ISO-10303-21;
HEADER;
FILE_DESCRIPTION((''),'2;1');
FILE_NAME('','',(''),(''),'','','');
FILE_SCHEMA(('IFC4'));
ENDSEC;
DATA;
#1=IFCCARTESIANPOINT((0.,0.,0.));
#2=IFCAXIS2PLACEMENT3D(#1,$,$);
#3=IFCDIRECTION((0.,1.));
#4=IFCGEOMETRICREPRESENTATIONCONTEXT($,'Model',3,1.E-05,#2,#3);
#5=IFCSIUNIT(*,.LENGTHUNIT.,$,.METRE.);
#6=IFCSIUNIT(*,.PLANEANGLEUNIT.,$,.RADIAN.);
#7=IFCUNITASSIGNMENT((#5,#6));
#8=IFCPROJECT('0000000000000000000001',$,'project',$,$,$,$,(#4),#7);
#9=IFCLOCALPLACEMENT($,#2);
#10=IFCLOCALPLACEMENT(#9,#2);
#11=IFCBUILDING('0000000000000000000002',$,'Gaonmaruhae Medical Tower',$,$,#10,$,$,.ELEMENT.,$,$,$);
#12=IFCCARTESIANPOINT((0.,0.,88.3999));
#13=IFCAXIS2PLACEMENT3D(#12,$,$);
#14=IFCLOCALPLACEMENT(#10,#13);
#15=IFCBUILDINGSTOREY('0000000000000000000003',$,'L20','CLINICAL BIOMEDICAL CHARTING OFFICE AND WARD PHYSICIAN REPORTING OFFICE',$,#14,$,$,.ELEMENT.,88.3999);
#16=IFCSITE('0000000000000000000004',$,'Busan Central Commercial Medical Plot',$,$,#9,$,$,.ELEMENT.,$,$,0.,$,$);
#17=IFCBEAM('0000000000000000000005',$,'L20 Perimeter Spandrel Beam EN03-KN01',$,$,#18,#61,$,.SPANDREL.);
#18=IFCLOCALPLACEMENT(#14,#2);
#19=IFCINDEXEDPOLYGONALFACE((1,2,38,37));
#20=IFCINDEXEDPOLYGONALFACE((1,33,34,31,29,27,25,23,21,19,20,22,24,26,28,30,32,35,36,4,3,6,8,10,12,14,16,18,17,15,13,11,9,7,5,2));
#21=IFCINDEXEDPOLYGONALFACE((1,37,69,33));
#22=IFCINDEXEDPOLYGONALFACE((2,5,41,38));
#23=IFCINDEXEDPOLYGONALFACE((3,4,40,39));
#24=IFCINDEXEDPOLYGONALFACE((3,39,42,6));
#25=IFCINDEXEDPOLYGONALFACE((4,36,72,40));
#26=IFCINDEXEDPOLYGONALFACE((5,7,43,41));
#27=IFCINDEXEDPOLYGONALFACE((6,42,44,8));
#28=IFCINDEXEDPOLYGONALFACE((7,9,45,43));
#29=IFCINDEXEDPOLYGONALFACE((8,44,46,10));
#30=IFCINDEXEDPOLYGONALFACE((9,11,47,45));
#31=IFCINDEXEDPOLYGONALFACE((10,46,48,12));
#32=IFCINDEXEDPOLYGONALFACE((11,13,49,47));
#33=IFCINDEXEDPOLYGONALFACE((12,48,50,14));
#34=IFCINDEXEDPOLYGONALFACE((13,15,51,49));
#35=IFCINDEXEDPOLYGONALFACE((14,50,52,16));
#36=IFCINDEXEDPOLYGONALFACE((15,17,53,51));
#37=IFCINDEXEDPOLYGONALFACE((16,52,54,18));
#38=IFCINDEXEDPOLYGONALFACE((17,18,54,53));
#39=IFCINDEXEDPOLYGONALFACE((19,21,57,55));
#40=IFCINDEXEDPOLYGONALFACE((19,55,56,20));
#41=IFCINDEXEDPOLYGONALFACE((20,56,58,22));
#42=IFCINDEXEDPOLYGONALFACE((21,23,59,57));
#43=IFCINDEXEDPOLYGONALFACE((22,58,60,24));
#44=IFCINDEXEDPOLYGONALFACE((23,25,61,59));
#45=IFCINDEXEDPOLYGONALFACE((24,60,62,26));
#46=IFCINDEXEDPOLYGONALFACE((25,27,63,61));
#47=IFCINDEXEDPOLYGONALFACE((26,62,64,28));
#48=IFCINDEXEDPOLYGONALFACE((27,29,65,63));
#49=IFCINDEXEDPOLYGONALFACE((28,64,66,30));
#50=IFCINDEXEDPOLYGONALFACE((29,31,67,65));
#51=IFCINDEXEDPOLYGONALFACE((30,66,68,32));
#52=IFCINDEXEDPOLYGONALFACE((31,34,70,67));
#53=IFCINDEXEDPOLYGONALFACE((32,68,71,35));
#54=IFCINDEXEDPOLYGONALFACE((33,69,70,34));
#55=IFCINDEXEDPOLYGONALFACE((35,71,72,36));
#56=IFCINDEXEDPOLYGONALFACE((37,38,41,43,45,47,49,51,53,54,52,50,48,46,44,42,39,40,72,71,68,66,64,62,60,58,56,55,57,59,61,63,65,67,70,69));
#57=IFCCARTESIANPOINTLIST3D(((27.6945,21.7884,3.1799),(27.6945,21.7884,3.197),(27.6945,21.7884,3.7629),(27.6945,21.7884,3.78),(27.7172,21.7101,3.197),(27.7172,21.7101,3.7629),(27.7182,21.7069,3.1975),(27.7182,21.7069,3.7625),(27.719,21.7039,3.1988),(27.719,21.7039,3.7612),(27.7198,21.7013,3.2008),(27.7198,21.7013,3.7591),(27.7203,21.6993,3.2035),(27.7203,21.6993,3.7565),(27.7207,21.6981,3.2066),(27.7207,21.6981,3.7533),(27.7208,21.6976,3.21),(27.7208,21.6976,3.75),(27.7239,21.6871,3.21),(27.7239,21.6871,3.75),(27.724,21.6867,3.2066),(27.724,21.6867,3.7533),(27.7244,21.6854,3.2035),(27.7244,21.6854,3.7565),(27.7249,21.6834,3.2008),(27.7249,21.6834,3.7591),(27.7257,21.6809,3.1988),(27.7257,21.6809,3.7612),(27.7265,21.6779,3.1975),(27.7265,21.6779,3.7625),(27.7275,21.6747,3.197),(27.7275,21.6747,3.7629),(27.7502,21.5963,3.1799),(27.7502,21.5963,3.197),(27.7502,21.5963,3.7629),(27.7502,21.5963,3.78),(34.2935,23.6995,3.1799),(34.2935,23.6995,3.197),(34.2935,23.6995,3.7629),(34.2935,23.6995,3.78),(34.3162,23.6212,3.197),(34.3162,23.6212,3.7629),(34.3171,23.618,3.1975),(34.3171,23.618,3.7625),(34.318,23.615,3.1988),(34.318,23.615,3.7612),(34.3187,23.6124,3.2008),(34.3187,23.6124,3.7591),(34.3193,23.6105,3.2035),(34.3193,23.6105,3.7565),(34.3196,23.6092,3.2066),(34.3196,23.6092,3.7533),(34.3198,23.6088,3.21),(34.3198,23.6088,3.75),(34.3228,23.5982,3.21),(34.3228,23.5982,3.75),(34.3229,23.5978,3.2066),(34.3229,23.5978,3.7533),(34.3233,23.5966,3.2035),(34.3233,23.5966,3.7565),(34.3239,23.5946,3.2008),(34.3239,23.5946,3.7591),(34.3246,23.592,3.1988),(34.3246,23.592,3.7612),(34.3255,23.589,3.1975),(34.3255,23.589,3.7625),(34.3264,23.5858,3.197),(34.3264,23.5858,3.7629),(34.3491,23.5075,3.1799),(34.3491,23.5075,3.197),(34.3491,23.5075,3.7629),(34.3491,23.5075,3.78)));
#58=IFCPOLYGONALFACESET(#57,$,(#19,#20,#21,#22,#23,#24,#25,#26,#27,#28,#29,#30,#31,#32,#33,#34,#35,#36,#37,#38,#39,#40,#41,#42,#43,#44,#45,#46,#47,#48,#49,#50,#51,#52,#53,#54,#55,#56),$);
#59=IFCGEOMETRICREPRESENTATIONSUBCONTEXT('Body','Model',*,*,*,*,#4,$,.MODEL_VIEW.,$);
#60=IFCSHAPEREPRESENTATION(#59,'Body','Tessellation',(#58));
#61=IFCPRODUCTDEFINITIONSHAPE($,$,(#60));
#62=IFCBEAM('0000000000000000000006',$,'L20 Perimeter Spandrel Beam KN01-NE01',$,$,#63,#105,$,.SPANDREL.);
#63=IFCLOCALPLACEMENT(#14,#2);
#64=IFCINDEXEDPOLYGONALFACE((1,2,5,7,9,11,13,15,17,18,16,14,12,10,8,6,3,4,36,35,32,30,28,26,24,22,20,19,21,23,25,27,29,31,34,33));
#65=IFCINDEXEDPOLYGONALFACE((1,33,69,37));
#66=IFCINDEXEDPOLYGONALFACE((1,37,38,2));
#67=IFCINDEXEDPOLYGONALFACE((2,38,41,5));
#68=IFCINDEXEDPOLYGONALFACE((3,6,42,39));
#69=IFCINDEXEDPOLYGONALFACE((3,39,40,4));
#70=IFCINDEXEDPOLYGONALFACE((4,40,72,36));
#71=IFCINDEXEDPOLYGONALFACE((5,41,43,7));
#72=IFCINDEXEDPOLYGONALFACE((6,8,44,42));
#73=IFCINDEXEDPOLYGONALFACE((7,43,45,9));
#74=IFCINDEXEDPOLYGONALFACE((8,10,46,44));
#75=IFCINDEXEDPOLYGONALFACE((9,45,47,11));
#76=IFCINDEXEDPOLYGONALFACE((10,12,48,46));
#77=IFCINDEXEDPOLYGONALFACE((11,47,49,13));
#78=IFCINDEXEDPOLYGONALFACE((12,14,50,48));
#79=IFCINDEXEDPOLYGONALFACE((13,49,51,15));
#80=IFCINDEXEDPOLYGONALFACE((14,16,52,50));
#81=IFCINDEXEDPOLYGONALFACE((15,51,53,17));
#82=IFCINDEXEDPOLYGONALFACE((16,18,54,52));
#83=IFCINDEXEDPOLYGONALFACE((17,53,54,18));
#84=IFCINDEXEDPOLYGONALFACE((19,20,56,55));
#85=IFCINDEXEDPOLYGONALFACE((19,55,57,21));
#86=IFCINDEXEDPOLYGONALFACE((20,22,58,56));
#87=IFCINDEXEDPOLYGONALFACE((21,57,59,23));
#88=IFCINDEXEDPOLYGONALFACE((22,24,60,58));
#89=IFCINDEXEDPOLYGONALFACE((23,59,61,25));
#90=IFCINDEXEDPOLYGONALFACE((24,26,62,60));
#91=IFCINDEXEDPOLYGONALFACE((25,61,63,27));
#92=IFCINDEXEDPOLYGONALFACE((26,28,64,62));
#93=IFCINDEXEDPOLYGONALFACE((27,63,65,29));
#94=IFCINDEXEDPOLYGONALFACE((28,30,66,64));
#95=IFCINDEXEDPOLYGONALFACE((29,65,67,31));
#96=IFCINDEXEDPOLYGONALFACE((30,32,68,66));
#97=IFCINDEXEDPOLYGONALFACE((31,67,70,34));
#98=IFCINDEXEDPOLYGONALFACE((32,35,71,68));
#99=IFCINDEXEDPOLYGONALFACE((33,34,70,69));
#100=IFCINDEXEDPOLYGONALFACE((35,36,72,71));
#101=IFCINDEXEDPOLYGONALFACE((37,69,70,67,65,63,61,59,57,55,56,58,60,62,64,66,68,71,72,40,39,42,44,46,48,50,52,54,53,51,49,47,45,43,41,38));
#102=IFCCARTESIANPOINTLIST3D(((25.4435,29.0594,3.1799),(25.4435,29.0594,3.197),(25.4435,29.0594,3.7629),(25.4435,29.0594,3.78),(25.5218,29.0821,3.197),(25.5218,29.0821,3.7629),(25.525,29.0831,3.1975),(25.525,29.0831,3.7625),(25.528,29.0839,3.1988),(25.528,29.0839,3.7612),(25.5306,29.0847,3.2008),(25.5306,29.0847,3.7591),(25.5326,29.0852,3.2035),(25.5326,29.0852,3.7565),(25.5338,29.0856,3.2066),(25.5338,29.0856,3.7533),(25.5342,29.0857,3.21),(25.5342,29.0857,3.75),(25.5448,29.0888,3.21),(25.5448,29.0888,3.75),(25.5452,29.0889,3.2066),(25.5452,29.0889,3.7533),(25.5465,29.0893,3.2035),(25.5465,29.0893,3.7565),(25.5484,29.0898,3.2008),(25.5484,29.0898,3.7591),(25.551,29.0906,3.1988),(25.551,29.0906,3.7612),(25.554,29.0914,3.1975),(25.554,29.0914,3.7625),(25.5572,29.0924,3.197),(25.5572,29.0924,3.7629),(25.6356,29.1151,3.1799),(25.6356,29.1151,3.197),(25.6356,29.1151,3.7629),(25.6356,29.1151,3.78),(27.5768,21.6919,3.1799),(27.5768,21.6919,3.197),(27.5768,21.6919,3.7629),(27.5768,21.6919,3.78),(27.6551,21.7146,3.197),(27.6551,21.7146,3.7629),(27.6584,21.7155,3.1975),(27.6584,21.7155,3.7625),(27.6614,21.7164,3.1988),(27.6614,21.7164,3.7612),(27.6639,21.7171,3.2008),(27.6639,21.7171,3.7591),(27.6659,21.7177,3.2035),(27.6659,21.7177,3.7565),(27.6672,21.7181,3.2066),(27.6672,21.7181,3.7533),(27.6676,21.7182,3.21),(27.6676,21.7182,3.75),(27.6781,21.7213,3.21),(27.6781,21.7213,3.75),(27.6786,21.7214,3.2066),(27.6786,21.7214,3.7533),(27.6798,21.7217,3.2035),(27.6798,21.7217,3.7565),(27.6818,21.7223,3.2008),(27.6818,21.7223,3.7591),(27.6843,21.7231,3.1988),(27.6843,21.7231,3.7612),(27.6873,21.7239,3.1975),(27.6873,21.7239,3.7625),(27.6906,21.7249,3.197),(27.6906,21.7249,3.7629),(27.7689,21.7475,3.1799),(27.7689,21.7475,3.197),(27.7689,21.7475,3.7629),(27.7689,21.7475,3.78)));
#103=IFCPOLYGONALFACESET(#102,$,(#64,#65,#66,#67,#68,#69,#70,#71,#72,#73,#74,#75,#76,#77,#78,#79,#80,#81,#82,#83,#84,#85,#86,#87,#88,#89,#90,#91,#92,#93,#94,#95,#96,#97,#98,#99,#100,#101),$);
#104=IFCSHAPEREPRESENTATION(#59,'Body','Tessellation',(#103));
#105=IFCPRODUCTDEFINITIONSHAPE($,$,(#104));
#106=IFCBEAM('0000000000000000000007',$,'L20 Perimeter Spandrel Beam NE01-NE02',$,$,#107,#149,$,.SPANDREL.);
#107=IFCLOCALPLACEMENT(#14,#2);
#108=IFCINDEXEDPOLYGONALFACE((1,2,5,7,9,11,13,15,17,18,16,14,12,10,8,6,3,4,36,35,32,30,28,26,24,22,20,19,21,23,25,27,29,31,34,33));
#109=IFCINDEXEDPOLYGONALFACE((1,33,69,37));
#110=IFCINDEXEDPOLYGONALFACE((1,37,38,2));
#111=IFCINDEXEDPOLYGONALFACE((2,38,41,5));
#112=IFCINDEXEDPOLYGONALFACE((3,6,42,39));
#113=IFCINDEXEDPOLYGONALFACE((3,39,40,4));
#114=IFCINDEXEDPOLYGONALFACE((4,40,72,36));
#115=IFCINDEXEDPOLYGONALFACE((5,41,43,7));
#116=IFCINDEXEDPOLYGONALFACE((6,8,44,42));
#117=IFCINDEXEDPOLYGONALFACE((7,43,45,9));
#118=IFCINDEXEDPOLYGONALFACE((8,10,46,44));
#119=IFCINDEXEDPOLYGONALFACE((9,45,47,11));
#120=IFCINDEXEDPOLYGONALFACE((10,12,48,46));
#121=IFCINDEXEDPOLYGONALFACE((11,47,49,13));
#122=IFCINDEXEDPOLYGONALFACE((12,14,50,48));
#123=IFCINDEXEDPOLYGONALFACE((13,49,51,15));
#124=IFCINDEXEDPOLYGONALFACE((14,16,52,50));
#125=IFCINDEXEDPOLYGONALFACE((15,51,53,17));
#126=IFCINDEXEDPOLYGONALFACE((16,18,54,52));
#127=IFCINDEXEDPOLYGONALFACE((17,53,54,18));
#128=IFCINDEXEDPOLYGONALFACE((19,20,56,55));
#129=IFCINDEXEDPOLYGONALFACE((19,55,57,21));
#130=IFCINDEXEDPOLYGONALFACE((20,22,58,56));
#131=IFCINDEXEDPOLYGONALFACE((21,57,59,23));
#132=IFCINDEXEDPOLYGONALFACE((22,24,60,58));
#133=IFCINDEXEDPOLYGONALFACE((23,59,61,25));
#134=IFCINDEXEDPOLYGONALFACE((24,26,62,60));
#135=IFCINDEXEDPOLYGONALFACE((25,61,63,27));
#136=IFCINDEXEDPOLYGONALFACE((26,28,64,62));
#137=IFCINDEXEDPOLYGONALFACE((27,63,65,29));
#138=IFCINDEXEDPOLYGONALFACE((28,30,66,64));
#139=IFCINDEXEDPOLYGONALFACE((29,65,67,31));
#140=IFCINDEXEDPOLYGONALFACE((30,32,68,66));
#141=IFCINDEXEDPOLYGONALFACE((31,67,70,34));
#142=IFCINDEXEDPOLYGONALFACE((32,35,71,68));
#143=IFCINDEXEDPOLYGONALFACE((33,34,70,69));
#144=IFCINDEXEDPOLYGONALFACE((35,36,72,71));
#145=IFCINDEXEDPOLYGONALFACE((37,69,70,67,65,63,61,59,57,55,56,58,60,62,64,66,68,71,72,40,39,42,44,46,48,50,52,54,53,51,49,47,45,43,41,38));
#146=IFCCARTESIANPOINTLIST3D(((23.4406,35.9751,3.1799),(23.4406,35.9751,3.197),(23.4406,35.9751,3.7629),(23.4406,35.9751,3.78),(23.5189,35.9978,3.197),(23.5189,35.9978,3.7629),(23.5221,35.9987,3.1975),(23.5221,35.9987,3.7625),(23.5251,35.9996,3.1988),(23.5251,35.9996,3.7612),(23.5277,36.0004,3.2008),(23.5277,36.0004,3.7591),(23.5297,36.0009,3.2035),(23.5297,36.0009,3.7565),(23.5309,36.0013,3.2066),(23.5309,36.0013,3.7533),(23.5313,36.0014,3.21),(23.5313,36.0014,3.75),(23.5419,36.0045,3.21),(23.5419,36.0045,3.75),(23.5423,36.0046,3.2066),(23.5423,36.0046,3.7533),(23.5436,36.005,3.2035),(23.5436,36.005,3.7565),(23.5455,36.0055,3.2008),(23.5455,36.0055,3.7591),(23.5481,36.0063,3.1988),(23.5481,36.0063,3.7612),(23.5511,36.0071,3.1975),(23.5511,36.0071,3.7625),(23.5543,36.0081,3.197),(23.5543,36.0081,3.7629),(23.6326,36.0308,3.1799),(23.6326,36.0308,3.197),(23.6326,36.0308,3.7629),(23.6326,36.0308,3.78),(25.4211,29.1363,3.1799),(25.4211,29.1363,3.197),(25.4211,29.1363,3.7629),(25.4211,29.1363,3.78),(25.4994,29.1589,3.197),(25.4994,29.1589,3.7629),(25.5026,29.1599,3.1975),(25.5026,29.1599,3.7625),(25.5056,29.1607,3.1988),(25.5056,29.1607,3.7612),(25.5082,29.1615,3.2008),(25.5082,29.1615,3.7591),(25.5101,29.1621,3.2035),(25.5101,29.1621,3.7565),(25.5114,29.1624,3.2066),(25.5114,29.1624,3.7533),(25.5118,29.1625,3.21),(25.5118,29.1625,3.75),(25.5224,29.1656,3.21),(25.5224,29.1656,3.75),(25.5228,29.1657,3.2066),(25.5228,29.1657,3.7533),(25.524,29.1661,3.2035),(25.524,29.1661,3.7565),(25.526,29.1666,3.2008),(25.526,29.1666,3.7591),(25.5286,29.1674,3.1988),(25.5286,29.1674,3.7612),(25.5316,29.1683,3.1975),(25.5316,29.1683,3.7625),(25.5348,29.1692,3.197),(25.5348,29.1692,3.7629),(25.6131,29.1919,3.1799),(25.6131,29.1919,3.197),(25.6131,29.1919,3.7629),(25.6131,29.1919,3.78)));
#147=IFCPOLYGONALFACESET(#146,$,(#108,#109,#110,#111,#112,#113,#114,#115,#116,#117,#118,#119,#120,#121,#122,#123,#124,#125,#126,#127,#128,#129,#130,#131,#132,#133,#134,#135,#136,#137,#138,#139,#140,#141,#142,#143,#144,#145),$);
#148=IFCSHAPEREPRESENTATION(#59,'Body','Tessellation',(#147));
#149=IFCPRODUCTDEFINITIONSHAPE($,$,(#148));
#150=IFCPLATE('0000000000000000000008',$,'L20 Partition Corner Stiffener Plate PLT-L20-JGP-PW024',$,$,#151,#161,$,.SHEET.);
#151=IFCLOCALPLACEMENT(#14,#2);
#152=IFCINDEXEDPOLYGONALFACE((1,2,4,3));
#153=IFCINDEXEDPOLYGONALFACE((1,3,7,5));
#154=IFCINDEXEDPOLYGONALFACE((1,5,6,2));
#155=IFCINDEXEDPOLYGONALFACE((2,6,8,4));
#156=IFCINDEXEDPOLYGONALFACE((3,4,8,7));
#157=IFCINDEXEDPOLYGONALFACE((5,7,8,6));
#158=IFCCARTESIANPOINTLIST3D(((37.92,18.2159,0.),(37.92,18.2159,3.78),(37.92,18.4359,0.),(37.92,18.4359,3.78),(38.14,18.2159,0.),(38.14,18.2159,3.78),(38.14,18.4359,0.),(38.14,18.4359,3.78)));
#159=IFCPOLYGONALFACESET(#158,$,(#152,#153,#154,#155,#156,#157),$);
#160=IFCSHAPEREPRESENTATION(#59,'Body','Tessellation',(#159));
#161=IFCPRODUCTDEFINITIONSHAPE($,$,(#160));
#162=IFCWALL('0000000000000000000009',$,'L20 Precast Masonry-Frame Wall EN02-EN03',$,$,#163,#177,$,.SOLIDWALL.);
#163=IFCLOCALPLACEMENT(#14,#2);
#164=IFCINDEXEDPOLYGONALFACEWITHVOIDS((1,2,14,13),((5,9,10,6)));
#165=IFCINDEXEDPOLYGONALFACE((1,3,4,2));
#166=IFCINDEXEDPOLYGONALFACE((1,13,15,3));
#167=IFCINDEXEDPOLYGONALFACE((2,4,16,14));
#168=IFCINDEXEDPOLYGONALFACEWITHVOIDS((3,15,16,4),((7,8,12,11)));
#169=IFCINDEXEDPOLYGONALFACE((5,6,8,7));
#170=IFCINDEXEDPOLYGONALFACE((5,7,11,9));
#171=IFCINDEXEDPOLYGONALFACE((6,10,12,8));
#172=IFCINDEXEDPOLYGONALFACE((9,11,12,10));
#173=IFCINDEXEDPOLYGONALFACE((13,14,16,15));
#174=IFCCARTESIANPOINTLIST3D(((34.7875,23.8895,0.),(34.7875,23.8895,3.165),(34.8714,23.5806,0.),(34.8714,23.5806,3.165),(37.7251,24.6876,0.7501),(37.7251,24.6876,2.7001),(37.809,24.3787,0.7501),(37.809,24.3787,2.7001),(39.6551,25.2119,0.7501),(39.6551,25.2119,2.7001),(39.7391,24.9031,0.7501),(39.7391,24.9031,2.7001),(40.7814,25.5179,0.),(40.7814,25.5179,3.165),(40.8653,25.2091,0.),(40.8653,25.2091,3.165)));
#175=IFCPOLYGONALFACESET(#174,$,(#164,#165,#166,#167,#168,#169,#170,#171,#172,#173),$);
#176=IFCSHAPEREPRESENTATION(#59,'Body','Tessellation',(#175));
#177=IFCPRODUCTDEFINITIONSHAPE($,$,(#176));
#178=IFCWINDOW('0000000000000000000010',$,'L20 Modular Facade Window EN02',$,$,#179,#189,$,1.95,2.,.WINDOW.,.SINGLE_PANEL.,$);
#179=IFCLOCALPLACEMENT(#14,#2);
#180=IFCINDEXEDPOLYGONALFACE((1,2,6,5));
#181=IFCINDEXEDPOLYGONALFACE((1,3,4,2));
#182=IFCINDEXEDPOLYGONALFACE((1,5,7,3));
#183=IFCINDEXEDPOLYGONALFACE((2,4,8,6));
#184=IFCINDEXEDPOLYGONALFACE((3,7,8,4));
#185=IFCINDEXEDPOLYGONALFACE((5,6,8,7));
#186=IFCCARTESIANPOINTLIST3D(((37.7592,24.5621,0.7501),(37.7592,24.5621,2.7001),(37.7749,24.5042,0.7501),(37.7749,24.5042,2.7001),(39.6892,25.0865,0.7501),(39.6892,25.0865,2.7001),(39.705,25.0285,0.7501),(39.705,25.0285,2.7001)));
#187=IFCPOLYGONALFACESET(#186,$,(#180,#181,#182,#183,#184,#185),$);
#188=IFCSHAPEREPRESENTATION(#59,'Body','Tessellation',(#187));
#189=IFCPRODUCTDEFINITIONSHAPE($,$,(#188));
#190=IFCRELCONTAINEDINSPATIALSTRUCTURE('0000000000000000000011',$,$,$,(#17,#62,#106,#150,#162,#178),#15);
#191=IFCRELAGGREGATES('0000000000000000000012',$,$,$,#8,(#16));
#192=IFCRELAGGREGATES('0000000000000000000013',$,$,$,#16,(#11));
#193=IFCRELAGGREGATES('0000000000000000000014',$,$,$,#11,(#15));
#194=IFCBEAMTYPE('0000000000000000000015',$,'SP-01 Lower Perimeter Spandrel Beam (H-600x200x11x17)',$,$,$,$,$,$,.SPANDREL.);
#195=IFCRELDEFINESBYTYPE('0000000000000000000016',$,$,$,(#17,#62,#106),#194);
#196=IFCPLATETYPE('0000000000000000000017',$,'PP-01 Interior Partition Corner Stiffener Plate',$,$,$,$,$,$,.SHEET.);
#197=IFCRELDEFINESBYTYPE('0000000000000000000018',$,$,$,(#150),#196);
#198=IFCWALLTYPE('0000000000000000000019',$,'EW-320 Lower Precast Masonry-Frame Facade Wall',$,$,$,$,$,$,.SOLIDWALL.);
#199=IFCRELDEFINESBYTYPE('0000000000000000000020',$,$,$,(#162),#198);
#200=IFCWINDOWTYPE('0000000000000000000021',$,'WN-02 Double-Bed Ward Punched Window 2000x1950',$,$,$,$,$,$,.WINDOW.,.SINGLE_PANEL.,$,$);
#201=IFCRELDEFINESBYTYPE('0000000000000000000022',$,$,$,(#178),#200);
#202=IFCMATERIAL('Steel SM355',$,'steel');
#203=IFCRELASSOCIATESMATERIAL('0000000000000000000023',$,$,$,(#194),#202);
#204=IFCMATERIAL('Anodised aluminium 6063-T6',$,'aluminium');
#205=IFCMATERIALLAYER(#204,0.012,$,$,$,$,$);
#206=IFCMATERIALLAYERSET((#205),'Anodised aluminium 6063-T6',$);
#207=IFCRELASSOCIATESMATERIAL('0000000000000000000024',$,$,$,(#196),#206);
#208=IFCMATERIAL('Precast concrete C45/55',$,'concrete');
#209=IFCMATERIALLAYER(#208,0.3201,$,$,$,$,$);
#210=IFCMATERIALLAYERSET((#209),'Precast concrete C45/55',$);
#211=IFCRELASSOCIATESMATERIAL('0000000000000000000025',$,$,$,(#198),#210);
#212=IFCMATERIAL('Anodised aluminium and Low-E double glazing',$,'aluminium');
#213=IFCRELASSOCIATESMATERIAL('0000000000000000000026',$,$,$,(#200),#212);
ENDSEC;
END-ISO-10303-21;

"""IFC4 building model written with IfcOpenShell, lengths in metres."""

from ifc_helpers import new_model, si_unit, direction, frame, frame_2d, origin, origin_2d, place, context, subcontext, project, spatial, rectangle, i_section, extrude, material, layer, layer_set, material_profile, profile_set, type_object, element, fill, save


model = new_model("IFC4")

# Units and contexts
model_context = context("Model", 3, precision=1e-05, world=origin(), true_north=direction((0.0, 1.0)))
body_context = subcontext(model_context, "Body", "Model", "MODEL_VIEW")
ifc_project = project(units=[si_unit("LENGTHUNIT", "METRE"), si_unit("PLANEANGLEUNIT", "RADIAN")], contexts=[model_context])

# Site, building, storey
site_placement = place(None, origin())
site = spatial("IfcSite", under=ifc_project, at=site_placement, Name="Busan Central Commercial Medical Plot", CompositionType="ELEMENT", RefElevation=0.0)
building_placement = place(site_placement, origin())
building = spatial("IfcBuilding", under=site, at=building_placement, Name="Gaonmaruhae Medical Tower", CompositionType="ELEMENT")
storey_placement = place(building_placement, frame((0.0, 0.0, 88.3999)))
storey = spatial("IfcBuildingStorey", under=building, at=storey_placement, Name="L20", Description="CLINICAL BIOMEDICAL CHARTING OFFICE AND WARD PHYSICIAN REPORTING OFFICE", CompositionType="ELEMENT", Elevation=88.3999)

# Beams
ifc_material_1 = material(Name="Steel SM355", Category="steel")
ifc_material_profile_1 = material_profile(ifc_material_1, i_section(OverallWidth=0.2, OverallDepth=0.6001, WebThickness=0.011, FlangeThickness=0.0171, FilletRadius=0.0129, at=origin_2d()), Name="H-600x200x11x17")
ifc_profile_set_1 = profile_set([ifc_material_profile_1], Name="Steel SM355")
beam_type_1 = type_object("IfcBeamType", Name="SP-01 Lower Perimeter Spandrel Beam (H-600x200x11x17)", PredefinedType="SPANDREL", material=ifc_profile_set_1)
beam_1_placement = place(storey_placement, frame((34.3213, 23.6035, 3.48), z_axis=(-0.960528, -0.278183, 0.0), x_axis=(0.278183, -0.960528, 0.0)))
element("IfcBeam", 1, at=beam_1_placement, inside=storey, type_object=beam_type_1, Name="L20 Perimeter Spandrel Beam EN03-KN01", PredefinedType="SPANDREL", context=body_context, shape_type="SweptSolid", body=[
    extrude(i_section(OverallWidth=0.2, OverallDepth=0.6001, WebThickness=0.011, FlangeThickness=0.0171, FilletRadius=0.0129, at=origin_2d()), origin(), (0.0, 0.0, 1.0), 6.8701),
])
beam_2_placement = place(storey_placement, frame((27.6729, 21.7197, 3.48), z_axis=(-0.278133, 0.960543, 0.0), x_axis=(-0.960543, -0.278133, 0.0)))
element("IfcBeam", 2, at=beam_2_placement, inside=storey, type_object=beam_type_1, Name="L20 Perimeter Spandrel Beam KN01-NE01", PredefinedType="SPANDREL", context=body_context, shape_type="SweptSolid", body=[
    extrude(i_section(OverallWidth=0.2, OverallDepth=0.6001, WebThickness=0.011, FlangeThickness=0.0171, FilletRadius=0.0129, at=origin_2d()), origin(), (0.0, 0.0, 1.0), 7.6702),
])
beam_3_placement = place(storey_placement, frame((25.5171, 29.1641, 3.48), z_axis=(-0.278161, 0.960534, 0.0), x_axis=(-0.960534, -0.278161, 0.0)))
element("IfcBeam", 3, at=beam_3_placement, inside=storey, type_object=beam_type_1, Name="L20 Perimeter Spandrel Beam NE01-NE02", PredefinedType="SPANDREL", context=body_context, shape_type="SweptSolid", body=[
    extrude(i_section(OverallWidth=0.2, OverallDepth=0.6001, WebThickness=0.011, FlangeThickness=0.0171, FilletRadius=0.0129, at=origin_2d()), origin(), (0.0, 0.0, 1.0), 7.1199),
])

# Plate
ifc_material_2 = material(Name="Anodised aluminium 6063-T6", Category="aluminium")
ifc_layer_1 = layer(ifc_material_2, 0.012)
ifc_layer_set_1 = layer_set([ifc_layer_1], Name="Anodised aluminium 6063-T6")
plate_type = type_object("IfcPlateType", Name="PP-01 Interior Partition Corner Stiffener Plate", PredefinedType="SHEET", material=ifc_layer_set_1)
plate_placement = place(storey_placement, frame((38.03, 18.3259, 0.0), z_axis=(0.0, 0.0, 1.0), x_axis=(0.0, 1.0, 0.0)))
element("IfcPlate", 4, at=plate_placement, inside=storey, type_object=plate_type, Name="L20 Partition Corner Stiffener Plate PLT-L20-JGP-PW024", PredefinedType="SHEET", context=body_context, shape_type="SweptSolid", body=[
    extrude(rectangle(XDim=0.22, YDim=0.22, at=origin_2d()), origin(), (0.0, 0.0, 1.0), 3.78),
])

# Wall, opening, window
ifc_material_3 = material(Name="Precast concrete C45/55", Category="concrete")
ifc_layer_2 = layer(ifc_material_3, 0.3201)
ifc_layer_set_2 = layer_set([ifc_layer_2], Name="Precast concrete C45/55")
wall_type_1 = type_object("IfcWallType", Name="EW-320 Lower Precast Masonry-Frame Facade Wall", PredefinedType="SOLIDWALL", material=ifc_layer_set_2)
wall_1_placement = place(storey_placement, frame((34.8296, 23.7351, 0.0), z_axis=(0.0, 0.0, 1.0), x_axis=(0.96502, 0.262176, 0.0)))
wall_1 = element("IfcWall", 5, at=wall_1_placement, inside=storey, type_object=wall_type_1, Name="L20 Precast Masonry-Frame Wall EN02-EN03", PredefinedType="SOLIDWALL", context=body_context, shape_type="SweptSolid", body=[
    extrude(rectangle(XDim=6.2112, YDim=0.3201, at=frame_2d((3.1055, 0.0))), origin(), (0.0, 0.0, 1.0), 3.165),
])
opening_1_placement = place(wall_1_placement, frame((3.0439, 0.0, 0.75)))
opening_1 = element("IfcOpeningElement", 6, at=opening_1_placement, cuts=wall_1, PredefinedType="OPENING", context=body_context, shape_type="SweptSolid", body=[
    extrude(rectangle(XDim=2.0, YDim=1.95, at=frame_2d((1.0, 0.9751))), frame((0.0, 0.1699, 0.0), z_axis=(0.0, -1.0, 0.0), x_axis=(1.0, 0.0, 0.0)), (0.0, 0.0, 1.0), 0.3401),
])
ifc_material_4 = material(Name="Anodised aluminium and Low-E double glazing", Category="aluminium")
window_type = type_object("IfcWindowType", Name="WN-02 Double-Bed Ward Punched Window 2000x1950", PartitioningType="SINGLE_PANEL", PredefinedType="WINDOW", material=ifc_material_4)
window_placement = place(opening_1_placement, origin())
window = element("IfcWindow", 7, at=window_placement, inside=storey, type_object=window_type, Name="L20 Modular Facade Window EN02", OverallHeight=1.95, OverallWidth=2.0, PartitioningType="SINGLE_PANEL", PredefinedType="WINDOW", context=body_context, shape_type="SweptSolid", body=[
    extrude(rectangle(XDim=2.0, YDim=1.95, at=frame_2d((1.0, 0.9751))), frame((0.0, 0.03, 0.0), z_axis=(0.0, -1.0, 0.0), x_axis=(1.0, 0.0, 0.0)), (0.0, 0.0, 1.0), 0.0601),
])
fill(opening_1, window)

save(model, "model.ifc")
